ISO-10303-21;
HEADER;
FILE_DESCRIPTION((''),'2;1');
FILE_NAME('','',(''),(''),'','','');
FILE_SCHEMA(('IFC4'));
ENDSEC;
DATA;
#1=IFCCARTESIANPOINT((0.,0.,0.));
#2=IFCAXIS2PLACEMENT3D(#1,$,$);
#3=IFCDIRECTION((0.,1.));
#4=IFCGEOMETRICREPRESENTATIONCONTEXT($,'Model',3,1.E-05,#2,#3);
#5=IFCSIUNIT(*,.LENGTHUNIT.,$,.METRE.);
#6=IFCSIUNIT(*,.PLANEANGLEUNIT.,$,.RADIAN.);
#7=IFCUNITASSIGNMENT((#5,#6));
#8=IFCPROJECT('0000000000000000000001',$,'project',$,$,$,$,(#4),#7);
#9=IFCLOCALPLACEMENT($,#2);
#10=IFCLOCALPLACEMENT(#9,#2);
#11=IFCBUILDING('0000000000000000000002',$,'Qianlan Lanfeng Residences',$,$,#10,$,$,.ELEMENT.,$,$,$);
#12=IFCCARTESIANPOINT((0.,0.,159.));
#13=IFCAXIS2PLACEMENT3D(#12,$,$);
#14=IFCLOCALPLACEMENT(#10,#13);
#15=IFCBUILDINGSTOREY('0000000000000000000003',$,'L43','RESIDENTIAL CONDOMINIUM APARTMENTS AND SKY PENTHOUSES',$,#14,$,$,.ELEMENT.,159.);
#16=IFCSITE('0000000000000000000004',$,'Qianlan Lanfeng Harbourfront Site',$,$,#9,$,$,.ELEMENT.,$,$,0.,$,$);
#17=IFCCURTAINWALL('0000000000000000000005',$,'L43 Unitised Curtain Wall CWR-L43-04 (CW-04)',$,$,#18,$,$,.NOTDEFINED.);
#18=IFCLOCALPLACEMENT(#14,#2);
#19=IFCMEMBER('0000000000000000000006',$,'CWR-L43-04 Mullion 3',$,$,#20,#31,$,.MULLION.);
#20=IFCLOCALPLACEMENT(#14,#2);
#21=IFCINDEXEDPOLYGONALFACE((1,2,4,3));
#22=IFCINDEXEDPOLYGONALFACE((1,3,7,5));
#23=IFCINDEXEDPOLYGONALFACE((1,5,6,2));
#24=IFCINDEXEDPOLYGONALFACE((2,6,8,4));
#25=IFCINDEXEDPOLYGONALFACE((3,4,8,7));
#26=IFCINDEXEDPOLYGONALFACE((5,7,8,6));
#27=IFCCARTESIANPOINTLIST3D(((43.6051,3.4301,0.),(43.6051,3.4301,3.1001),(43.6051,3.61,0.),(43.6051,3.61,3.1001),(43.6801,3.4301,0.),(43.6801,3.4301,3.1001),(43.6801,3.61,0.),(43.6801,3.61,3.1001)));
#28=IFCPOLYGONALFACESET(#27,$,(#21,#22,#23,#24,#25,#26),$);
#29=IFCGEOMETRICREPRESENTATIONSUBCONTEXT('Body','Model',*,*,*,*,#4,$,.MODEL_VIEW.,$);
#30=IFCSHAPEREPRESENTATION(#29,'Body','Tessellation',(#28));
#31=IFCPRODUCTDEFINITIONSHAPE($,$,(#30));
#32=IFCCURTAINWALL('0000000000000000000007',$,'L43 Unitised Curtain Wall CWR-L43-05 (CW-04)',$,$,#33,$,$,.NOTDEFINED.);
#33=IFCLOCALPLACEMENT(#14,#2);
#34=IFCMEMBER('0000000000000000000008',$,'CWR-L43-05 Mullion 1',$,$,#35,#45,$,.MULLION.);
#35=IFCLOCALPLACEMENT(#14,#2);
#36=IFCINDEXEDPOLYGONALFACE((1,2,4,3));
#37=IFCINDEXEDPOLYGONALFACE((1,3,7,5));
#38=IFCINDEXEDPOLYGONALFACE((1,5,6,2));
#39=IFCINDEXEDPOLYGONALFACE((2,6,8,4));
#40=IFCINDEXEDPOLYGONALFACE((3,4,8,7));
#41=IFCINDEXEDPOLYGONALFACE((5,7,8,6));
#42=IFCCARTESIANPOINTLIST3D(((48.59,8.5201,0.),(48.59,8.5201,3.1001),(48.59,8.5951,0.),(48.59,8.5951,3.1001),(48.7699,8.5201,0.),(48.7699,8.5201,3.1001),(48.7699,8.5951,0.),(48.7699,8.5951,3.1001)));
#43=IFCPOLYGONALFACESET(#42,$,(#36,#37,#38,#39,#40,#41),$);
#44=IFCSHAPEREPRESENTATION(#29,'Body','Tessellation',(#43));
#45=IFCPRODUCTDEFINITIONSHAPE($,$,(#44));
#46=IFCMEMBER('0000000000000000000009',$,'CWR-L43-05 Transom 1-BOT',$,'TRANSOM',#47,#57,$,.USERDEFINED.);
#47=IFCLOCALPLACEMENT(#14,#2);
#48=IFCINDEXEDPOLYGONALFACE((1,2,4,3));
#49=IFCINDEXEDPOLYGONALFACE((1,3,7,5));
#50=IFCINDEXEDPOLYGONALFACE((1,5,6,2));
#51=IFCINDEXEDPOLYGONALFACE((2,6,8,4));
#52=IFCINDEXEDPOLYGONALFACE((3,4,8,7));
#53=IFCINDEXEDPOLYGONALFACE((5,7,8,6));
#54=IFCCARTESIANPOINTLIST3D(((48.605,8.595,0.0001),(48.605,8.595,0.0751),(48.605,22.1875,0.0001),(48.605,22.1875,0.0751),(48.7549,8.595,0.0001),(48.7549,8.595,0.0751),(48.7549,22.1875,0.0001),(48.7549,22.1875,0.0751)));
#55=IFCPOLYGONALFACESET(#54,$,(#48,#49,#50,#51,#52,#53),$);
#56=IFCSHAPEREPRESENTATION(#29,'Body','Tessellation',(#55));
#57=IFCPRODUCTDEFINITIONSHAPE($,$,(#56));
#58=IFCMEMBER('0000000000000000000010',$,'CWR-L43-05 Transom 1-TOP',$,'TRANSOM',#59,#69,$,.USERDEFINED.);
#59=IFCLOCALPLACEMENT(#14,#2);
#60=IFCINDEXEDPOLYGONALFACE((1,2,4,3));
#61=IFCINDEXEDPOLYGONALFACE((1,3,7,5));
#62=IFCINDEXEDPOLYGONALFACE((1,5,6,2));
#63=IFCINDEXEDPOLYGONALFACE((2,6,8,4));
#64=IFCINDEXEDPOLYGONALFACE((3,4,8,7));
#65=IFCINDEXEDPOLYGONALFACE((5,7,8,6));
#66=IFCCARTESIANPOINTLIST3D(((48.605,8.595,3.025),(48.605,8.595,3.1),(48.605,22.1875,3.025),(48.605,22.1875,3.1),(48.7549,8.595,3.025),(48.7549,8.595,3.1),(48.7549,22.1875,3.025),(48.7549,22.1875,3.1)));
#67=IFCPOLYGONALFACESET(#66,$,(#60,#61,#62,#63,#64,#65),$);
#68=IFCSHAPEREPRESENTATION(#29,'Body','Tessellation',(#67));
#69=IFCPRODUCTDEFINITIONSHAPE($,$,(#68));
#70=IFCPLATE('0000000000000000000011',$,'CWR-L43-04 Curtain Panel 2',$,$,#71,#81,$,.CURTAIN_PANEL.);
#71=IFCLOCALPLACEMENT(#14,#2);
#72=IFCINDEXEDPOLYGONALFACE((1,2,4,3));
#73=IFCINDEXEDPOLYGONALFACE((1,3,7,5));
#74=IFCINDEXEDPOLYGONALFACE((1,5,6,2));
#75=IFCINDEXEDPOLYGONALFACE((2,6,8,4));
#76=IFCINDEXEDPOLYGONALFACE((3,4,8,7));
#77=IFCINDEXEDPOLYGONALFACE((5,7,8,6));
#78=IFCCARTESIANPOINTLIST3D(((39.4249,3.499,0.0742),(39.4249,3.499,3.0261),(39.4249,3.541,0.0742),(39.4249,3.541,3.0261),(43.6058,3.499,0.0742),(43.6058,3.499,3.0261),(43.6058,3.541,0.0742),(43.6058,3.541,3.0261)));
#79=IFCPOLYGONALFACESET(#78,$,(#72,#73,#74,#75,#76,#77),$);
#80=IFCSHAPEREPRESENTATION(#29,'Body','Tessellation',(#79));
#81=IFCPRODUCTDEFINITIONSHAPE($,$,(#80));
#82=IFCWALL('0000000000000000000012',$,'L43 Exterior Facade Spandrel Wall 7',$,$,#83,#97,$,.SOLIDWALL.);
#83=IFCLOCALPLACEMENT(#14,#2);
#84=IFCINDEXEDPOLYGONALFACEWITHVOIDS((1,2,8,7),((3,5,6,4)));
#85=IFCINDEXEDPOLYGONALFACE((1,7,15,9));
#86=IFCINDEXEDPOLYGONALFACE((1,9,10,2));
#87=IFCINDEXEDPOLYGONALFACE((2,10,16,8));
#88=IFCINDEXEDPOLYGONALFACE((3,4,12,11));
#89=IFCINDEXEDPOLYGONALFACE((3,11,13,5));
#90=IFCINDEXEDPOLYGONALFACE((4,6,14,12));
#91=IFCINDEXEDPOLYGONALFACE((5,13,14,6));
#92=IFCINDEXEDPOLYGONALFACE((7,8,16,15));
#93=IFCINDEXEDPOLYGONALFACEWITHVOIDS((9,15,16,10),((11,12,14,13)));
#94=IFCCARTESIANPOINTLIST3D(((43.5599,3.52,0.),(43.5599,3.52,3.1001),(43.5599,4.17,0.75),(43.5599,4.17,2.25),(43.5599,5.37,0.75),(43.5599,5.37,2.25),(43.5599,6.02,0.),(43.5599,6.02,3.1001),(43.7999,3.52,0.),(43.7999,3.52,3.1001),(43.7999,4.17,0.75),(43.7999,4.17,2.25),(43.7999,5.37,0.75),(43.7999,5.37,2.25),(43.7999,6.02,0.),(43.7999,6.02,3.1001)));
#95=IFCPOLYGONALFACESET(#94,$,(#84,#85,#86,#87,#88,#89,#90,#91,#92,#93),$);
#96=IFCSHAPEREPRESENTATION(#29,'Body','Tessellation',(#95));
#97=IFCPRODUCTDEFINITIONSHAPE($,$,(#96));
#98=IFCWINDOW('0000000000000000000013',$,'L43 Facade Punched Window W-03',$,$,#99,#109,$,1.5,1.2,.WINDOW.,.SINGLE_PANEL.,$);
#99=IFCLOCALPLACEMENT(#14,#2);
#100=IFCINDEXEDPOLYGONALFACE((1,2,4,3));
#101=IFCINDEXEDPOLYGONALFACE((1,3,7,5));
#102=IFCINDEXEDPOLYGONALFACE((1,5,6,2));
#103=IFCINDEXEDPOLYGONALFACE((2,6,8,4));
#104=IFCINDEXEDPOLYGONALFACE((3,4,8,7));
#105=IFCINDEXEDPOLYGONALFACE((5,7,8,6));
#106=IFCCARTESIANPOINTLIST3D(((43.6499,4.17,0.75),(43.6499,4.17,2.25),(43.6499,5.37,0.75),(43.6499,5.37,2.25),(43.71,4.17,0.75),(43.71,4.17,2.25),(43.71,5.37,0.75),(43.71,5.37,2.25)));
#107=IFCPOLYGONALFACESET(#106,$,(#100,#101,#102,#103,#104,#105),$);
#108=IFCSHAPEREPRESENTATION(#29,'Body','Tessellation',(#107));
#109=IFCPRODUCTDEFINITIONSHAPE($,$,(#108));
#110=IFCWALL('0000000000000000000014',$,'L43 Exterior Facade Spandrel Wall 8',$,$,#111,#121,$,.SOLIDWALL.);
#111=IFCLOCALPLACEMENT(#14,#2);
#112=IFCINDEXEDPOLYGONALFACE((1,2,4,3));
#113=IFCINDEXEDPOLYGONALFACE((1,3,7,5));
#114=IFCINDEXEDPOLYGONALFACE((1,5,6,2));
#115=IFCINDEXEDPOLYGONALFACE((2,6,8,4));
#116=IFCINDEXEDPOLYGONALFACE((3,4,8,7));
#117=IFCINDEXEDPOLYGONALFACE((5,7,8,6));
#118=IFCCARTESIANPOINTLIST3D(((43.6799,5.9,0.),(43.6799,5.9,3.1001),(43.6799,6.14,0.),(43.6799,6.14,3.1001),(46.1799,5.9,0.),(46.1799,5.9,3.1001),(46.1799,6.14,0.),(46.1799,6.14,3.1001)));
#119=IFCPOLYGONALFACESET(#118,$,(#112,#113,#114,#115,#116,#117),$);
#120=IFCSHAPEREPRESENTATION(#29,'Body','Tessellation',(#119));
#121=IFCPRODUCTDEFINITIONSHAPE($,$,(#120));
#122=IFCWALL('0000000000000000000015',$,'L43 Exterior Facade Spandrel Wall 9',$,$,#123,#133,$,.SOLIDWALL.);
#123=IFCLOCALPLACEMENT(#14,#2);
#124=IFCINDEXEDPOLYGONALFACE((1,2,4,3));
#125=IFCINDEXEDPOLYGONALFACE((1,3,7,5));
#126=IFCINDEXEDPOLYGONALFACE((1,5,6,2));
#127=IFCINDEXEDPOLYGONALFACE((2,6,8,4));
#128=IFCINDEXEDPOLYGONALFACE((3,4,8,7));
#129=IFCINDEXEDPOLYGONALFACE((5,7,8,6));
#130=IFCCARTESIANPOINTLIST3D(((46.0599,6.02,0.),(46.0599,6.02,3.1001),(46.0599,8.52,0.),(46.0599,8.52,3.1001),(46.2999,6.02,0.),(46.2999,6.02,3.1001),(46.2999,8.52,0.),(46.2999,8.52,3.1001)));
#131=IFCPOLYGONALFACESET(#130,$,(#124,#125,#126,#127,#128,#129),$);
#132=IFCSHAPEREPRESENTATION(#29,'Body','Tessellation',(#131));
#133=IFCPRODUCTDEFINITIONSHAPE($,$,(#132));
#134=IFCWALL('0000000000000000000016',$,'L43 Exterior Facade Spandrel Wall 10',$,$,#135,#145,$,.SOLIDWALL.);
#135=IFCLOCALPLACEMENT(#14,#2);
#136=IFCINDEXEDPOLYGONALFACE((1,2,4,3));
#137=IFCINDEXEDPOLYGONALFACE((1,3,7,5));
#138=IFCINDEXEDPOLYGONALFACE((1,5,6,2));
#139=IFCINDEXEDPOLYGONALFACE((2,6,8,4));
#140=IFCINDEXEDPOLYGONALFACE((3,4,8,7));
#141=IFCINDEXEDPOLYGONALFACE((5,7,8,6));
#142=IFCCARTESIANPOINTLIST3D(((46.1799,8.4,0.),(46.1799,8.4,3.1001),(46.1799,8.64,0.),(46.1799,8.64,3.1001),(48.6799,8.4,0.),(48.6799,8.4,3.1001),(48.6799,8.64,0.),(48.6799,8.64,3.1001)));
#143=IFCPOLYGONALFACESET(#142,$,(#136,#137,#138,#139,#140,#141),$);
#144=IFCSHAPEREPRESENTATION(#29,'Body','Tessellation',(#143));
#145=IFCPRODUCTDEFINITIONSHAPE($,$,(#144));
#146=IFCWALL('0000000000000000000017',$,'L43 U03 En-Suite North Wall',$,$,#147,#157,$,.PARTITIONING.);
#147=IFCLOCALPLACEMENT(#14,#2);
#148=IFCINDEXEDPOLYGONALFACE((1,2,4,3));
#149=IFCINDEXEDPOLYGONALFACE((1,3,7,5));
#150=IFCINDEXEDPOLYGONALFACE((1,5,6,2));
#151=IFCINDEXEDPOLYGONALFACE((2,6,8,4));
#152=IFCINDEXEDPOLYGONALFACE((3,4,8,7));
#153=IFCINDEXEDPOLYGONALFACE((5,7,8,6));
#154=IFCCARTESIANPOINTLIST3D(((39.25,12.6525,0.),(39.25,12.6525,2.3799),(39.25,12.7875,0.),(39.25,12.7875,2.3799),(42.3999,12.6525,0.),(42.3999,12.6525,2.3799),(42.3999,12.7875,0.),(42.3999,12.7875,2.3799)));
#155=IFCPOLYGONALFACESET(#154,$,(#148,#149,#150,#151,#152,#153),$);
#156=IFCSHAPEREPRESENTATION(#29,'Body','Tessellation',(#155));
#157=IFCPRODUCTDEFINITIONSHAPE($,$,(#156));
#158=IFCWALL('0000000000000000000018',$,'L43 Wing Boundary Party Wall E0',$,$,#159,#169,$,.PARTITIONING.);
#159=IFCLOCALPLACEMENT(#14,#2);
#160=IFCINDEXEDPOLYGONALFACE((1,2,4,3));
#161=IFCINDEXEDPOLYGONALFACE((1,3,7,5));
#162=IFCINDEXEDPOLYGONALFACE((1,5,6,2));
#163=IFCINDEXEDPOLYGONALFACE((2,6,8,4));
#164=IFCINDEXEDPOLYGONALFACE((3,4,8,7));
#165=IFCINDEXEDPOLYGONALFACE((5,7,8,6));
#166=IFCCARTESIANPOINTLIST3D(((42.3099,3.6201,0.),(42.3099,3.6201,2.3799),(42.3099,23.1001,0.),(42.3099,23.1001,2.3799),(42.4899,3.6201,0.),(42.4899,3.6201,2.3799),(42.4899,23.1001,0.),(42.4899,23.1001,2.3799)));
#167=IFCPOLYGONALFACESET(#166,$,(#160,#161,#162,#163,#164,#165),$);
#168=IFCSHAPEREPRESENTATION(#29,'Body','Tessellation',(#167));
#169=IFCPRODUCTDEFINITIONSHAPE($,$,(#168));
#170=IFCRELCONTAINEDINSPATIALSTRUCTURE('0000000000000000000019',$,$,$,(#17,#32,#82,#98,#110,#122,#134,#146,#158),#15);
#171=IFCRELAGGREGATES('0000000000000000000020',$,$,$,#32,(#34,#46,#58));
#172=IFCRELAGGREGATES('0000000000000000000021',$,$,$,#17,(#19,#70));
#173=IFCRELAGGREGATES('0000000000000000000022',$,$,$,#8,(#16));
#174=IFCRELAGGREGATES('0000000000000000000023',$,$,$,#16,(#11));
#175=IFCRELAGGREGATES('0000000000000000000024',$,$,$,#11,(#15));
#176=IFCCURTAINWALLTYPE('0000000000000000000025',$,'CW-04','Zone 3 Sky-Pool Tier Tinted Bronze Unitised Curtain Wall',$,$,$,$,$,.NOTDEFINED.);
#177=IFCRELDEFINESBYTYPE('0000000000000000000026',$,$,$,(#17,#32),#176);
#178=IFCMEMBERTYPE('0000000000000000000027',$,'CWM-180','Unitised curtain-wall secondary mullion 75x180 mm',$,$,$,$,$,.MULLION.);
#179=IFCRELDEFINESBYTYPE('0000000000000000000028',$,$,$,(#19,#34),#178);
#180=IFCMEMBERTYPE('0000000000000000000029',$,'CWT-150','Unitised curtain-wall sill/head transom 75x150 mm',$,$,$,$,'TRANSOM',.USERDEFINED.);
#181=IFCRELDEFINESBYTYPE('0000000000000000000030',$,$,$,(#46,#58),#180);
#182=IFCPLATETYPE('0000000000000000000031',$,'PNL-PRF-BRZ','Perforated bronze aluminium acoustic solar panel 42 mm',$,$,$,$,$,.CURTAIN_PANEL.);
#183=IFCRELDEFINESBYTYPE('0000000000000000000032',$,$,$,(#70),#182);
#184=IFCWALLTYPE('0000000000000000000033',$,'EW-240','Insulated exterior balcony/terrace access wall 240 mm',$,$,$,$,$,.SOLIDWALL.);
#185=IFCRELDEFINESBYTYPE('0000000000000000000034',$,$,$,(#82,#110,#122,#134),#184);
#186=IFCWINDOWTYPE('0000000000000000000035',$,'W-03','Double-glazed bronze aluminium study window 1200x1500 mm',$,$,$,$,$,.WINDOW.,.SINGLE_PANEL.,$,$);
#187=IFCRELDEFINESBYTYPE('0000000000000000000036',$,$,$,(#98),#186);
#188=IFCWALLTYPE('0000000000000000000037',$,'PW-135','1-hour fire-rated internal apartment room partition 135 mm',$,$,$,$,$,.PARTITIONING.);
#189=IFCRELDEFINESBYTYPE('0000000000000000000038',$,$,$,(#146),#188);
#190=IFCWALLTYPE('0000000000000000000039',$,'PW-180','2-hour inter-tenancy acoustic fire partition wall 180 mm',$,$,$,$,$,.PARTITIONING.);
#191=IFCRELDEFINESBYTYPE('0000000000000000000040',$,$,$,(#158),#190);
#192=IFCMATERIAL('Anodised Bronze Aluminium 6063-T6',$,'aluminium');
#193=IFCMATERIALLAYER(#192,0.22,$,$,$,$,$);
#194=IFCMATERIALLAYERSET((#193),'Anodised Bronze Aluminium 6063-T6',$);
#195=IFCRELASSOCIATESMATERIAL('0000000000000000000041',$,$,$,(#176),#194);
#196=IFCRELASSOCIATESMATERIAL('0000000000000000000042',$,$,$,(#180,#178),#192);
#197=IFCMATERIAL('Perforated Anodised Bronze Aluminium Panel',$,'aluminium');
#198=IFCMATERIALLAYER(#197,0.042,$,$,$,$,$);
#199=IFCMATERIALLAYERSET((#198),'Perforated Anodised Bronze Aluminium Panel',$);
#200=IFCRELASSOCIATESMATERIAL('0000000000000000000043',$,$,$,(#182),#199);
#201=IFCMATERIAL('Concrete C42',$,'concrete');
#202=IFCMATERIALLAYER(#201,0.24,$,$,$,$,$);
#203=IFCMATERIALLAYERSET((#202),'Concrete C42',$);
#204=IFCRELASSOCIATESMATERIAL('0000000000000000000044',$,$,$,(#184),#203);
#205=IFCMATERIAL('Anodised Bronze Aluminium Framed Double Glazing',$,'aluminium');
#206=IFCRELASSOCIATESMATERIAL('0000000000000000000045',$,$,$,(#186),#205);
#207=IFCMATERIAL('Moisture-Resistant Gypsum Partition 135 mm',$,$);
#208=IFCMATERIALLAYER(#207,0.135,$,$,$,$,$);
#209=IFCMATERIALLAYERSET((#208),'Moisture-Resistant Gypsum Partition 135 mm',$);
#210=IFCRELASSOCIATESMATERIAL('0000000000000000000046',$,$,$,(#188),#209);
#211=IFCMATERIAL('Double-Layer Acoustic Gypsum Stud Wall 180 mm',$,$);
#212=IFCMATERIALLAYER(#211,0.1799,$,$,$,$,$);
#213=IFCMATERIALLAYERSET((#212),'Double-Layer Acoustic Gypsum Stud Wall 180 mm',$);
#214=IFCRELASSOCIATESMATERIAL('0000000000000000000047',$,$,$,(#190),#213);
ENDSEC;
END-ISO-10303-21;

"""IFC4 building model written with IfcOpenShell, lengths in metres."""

from ifc_helpers import new_model, si_unit, direction, frame, frame_2d, origin, origin_2d, place, context, subcontext, project, spatial, rectangle, extrude, source, transform, mapped, material, layer, layer_set, material_profile, profile_set, type_object, element, fill, aggregate, save


model = new_model("IFC4")

# Units and contexts
model_context = context("Model", 3, precision=1e-05, world=origin(), true_north=direction((0.0, 1.0)))
body_context = subcontext(model_context, "Body", "Model", "MODEL_VIEW")
ifc_project = project(units=[si_unit("LENGTHUNIT", "METRE"), si_unit("PLANEANGLEUNIT", "RADIAN")], contexts=[model_context])

# Site, building, storey
site_placement = place(None, origin())
site = spatial("IfcSite", under=ifc_project, at=site_placement, Name="Qianlan Lanfeng Harbourfront Site", CompositionType="ELEMENT", RefElevation=0.0)
building_placement = place(site_placement, origin())
building = spatial("IfcBuilding", under=site, at=building_placement, Name="Qianlan Lanfeng Residences", CompositionType="ELEMENT")
storey_placement = place(building_placement, frame((0.0, 0.0, 159.0)))
storey = spatial("IfcBuildingStorey", under=building, at=storey_placement, Name="L43", Description="RESIDENTIAL CONDOMINIUM APARTMENTS AND SKY PENTHOUSES", CompositionType="ELEMENT", Elevation=159.0)

# Curtain walls, members
ifc_material_1 = material(Name="Anodised Bronze Aluminium 6063-T6", Category="aluminium")
ifc_layer_1 = layer(ifc_material_1, 0.22)
ifc_layer_set_1 = layer_set([ifc_layer_1], Name="Anodised Bronze Aluminium 6063-T6")
curtain_wall_type = type_object("IfcCurtainWallType", Name="CW-04", Description="Zone 3 Sky-Pool Tier Tinted Bronze Unitised Curtain Wall", PredefinedType="NOTDEFINED", material=ifc_layer_set_1)
curtain_wall_1_placement = place(storey_placement, origin())
curtain_wall_1 = element("IfcCurtainWall", 1, at=curtain_wall_1_placement, inside=storey, type_object=curtain_wall_type, Name="L43 Unitised Curtain Wall CWR-L43-04 (CW-04)", PredefinedType="NOTDEFINED")
ifc_material_profile_1 = material_profile(ifc_material_1, rectangle(XDim=0.075, YDim=0.1499, at=origin_2d()), Name="ALU TRANSOM 75x150")
ifc_profile_set_1 = profile_set([ifc_material_profile_1], Name="Anodised Bronze Aluminium 6063-T6")
member_type_1 = type_object("IfcMemberType", Name="CWT-150", Description="Unitised curtain-wall sill/head transom 75x150 mm", ElementType="TRANSOM", PredefinedType="USERDEFINED", material=ifc_profile_set_1)
ifc_material_profile_2 = material_profile(ifc_material_1, rectangle(XDim=0.075, YDim=0.1799, at=origin_2d()), Name="ALU MULLION 75x180")
ifc_profile_set_2 = profile_set([ifc_material_profile_2], Name="Anodised Bronze Aluminium 6063-T6")
member_type_2 = type_object("IfcMemberType", Name="CWM-180", Description="Unitised curtain-wall secondary mullion 75x180 mm", PredefinedType="MULLION", material=ifc_profile_set_2)
shared_shape_1 = source(origin(), body_context, "Body", "SweptSolid", [
    extrude(rectangle(XDim=0.075, YDim=0.1799, at=origin_2d()), origin(), (0.0, 0.0, 1.0), 3.1001),
])
member_1_placement = place(storey_placement, frame((43.6426, 3.52, 0.0), z_axis=(0.0, 0.0, 1.0), x_axis=(1.0, 0.0, 0.0)))
member_1 = element("IfcMember", 2, at=member_1_placement, type_object=member_type_2, Name="CWR-L43-04 Mullion 3", PredefinedType="MULLION", context=body_context, shape_type="MappedRepresentation", body=[
    mapped(shared_shape_1, transform((0.0, 0.0, 0.0), scale=1.0)),
])
curtain_wall_2_placement = place(storey_placement, origin())
curtain_wall_2 = element("IfcCurtainWall", 3, at=curtain_wall_2_placement, inside=storey, type_object=curtain_wall_type, Name="L43 Unitised Curtain Wall CWR-L43-05 (CW-04)", PredefinedType="NOTDEFINED")
member_2_placement = place(storey_placement, frame((48.6799, 8.5576, 0.0), z_axis=(0.0, 0.0, 1.0), x_axis=(0.0, 1.0, 0.0)))
member_2 = element("IfcMember", 4, at=member_2_placement, type_object=member_type_2, Name="CWR-L43-05 Mullion 1", PredefinedType="MULLION", context=body_context, shape_type="MappedRepresentation", body=[
    mapped(shared_shape_1, transform((0.0, 0.0, 0.0), scale=1.0)),
])
shared_shape_2 = source(origin(), body_context, "Body", "SweptSolid", [
    extrude(rectangle(XDim=0.075, YDim=0.1499, at=origin_2d()), origin(), (0.0, 0.0, 1.0), 13.5925),
])
member_3_placement = place(storey_placement, frame((48.6799, 8.595, 0.0376), z_axis=(0.0, 1.0, 0.0), x_axis=(0.0, 0.0, 1.0)))
member_3 = element("IfcMember", 5, at=member_3_placement, type_object=member_type_1, Name="CWR-L43-05 Transom 1-BOT", ObjectType="TRANSOM", PredefinedType="USERDEFINED", context=body_context, shape_type="MappedRepresentation", body=[
    mapped(shared_shape_2, transform((0.0, 0.0, 0.0), scale=1.0)),
])
member_4_placement = place(storey_placement, frame((48.6799, 8.595, 3.0625), z_axis=(0.0, 1.0, 0.0), x_axis=(0.0, 0.0, 1.0)))
member_4 = element("IfcMember", 6, at=member_4_placement, type_object=member_type_1, Name="CWR-L43-05 Transom 1-TOP", ObjectType="TRANSOM", PredefinedType="USERDEFINED", context=body_context, shape_type="MappedRepresentation", body=[
    mapped(shared_shape_2, transform((0.0, 0.0, 0.0), scale=1.0)),
])
aggregate(curtain_wall_2, [member_2, member_3, member_4])

# Plate
ifc_material_2 = material(Name="Perforated Anodised Bronze Aluminium Panel", Category="aluminium")
ifc_layer_2 = layer(ifc_material_2, 0.042)
ifc_layer_set_2 = layer_set([ifc_layer_2], Name="Perforated Anodised Bronze Aluminium Panel")
plate_type = type_object("IfcPlateType", Name="PNL-PRF-BRZ", Description="Perforated bronze aluminium acoustic solar panel 42 mm", PredefinedType="CURTAIN_PANEL", material=ifc_layer_set_2)
shared_shape_3 = source(origin(), body_context, "Body", "SweptSolid", [
    extrude(rectangle(XDim=4.1809, YDim=0.042, at=origin_2d()), origin(), (0.0, 0.0, 1.0), 2.9519),
])
plate_placement = place(storey_placement, frame((41.5154, 3.52, 0.0742), z_axis=(0.0, 0.0, 1.0), x_axis=(1.0, 0.0, 0.0)))
plate = element("IfcPlate", 7, at=plate_placement, type_object=plate_type, Name="CWR-L43-04 Curtain Panel 2", PredefinedType="CURTAIN_PANEL", context=body_context, shape_type="MappedRepresentation", body=[
    mapped(shared_shape_3, transform((0.0, 0.0, 0.0), scale=1.0)),
])
aggregate(curtain_wall_1, [member_1, plate])

# Wall, opening, window
ifc_material_3 = material(Name="Concrete C42", Category="concrete")
ifc_layer_3 = layer(ifc_material_3, 0.24)
ifc_layer_set_3 = layer_set([ifc_layer_3], Name="Concrete C42")
wall_type_1 = type_object("IfcWallType", Name="EW-240", Description="Insulated exterior balcony/terrace access wall 240 mm", PredefinedType="SOLIDWALL", material=ifc_layer_set_3)
wall_1_placement = place(storey_placement, frame((43.6799, 3.52, 0.0), z_axis=(0.0, 0.0, 1.0), x_axis=(0.0, 1.0, 0.0)))
wall_1 = element("IfcWall", 8, at=wall_1_placement, inside=storey, type_object=wall_type_1, Name="L43 Exterior Facade Spandrel Wall 7", PredefinedType="SOLIDWALL", context=body_context, shape_type="SweptSolid", body=[
    extrude(rectangle(XDim=2.5, YDim=0.24, at=frame_2d((1.25, 0.0))), origin(), (0.0, 0.0, 1.0), 3.1001),
])
opening_placement = place(wall_1_placement, frame((0.6499, 0.0, 0.75)))
opening = element("IfcOpeningElement", 9, at=opening_placement, cuts=wall_1, PredefinedType="OPENING", context=body_context, shape_type="SweptSolid", body=[
    extrude(rectangle(XDim=1.2, YDim=1.5, at=frame_2d((0.6001, 0.75))), frame((0.0, 0.1299, 0.0), z_axis=(0.0, -1.0, 0.0), x_axis=(1.0, 0.0, 0.0)), (0.0, 0.0, 1.0), 0.26),
])
ifc_material_4 = material(Name="Anodised Bronze Aluminium Framed Double Glazing", Category="aluminium")
window_type = type_object("IfcWindowType", Name="W-03", Description="Double-glazed bronze aluminium study window 1200x1500 mm", PartitioningType="SINGLE_PANEL", PredefinedType="WINDOW", material=ifc_material_4)
window_placement = place(opening_placement, origin())
window = element("IfcWindow", 10, at=window_placement, inside=storey, type_object=window_type, Name="L43 Facade Punched Window W-03", OverallHeight=1.5, OverallWidth=1.2, PartitioningType="SINGLE_PANEL", PredefinedType="WINDOW", context=body_context, shape_type="SweptSolid", body=[
    extrude(rectangle(XDim=1.2, YDim=1.5, at=frame_2d((0.6001, 0.75))), frame((0.0, 0.03, 0.0), z_axis=(0.0, -1.0, 0.0), x_axis=(1.0, 0.0, 0.0)), (0.0, 0.0, 1.0), 0.0601),
])
fill(opening, window)

# Walls
for number, where, z_axis, x_axis, name in (
    (11, (43.6799, 6.02, 0.0), (0.0, 0.0, 1.0), (1.0, 0.0, 0.0), "L43 Exterior Facade Spandrel Wall 8"),
    (12, (46.1799, 6.02, 0.0), (0.0, 0.0, 1.0), (0.0, 1.0, 0.0), "L43 Exterior Facade Spandrel Wall 9"),
    (13, (46.1799, 8.52, 0.0), (0.0, 0.0, 1.0), (1.0, 0.0, 0.0), "L43 Exterior Facade Spandrel Wall 10"),
):
    element("IfcWall", number, at=place(storey_placement, frame(where, z_axis=z_axis, x_axis=x_axis)), inside=storey, type_object=wall_type_1, Name=name, PredefinedType="SOLIDWALL", context=body_context, shape_type="SweptSolid", body=[
        extrude(rectangle(XDim=2.5, YDim=0.24, at=frame_2d((1.25, 0.0))), origin(), (0.0, 0.0, 1.0), 3.1001),
    ])
ifc_material_5 = material(Name="Moisture-Resistant Gypsum Partition 135 mm")
ifc_layer_4 = layer(ifc_material_5, 0.135)
ifc_layer_set_4 = layer_set([ifc_layer_4], Name="Moisture-Resistant Gypsum Partition 135 mm")
wall_type_2 = type_object("IfcWallType", Name="PW-135", Description="1-hour fire-rated internal apartment room partition 135 mm", PredefinedType="PARTITIONING", material=ifc_layer_set_4)
wall_2_placement = place(storey_placement, frame((39.25, 12.72, 0.0), z_axis=(0.0, 0.0, 1.0), x_axis=(1.0, 0.0, 0.0)))
element("IfcWall", 14, at=wall_2_placement, inside=storey, type_object=wall_type_2, Name="L43 U03 En-Suite North Wall", PredefinedType="PARTITIONING", context=body_context, shape_type="SweptSolid", body=[
    extrude(rectangle(XDim=3.1499, YDim=0.135, at=frame_2d((1.575, 0.0))), origin(), (0.0, 0.0, 1.0), 2.3799),
])
ifc_material_6 = material(Name="Double-Layer Acoustic Gypsum Stud Wall 180 mm")
ifc_layer_5 = layer(ifc_material_6, 0.1799)
ifc_layer_set_5 = layer_set([ifc_layer_5], Name="Double-Layer Acoustic Gypsum Stud Wall 180 mm")
wall_type_3 = type_object("IfcWallType", Name="PW-180", Description="2-hour inter-tenancy acoustic fire partition wall 180 mm", PredefinedType="PARTITIONING", material=ifc_layer_set_5)
wall_3_placement = place(storey_placement, frame((42.3999, 3.6201, 0.0), z_axis=(0.0, 0.0, 1.0), x_axis=(0.0, 1.0, 0.0)))
element("IfcWall", 15, at=wall_3_placement, inside=storey, type_object=wall_type_3, Name="L43 Wing Boundary Party Wall E0", PredefinedType="PARTITIONING", context=body_context, shape_type="SweptSolid", body=[
    extrude(rectangle(XDim=19.48, YDim=0.1799, at=frame_2d((9.74, 0.0))), origin(), (0.0, 0.0, 1.0), 2.3799),
])

save(model, "model.ifc")
